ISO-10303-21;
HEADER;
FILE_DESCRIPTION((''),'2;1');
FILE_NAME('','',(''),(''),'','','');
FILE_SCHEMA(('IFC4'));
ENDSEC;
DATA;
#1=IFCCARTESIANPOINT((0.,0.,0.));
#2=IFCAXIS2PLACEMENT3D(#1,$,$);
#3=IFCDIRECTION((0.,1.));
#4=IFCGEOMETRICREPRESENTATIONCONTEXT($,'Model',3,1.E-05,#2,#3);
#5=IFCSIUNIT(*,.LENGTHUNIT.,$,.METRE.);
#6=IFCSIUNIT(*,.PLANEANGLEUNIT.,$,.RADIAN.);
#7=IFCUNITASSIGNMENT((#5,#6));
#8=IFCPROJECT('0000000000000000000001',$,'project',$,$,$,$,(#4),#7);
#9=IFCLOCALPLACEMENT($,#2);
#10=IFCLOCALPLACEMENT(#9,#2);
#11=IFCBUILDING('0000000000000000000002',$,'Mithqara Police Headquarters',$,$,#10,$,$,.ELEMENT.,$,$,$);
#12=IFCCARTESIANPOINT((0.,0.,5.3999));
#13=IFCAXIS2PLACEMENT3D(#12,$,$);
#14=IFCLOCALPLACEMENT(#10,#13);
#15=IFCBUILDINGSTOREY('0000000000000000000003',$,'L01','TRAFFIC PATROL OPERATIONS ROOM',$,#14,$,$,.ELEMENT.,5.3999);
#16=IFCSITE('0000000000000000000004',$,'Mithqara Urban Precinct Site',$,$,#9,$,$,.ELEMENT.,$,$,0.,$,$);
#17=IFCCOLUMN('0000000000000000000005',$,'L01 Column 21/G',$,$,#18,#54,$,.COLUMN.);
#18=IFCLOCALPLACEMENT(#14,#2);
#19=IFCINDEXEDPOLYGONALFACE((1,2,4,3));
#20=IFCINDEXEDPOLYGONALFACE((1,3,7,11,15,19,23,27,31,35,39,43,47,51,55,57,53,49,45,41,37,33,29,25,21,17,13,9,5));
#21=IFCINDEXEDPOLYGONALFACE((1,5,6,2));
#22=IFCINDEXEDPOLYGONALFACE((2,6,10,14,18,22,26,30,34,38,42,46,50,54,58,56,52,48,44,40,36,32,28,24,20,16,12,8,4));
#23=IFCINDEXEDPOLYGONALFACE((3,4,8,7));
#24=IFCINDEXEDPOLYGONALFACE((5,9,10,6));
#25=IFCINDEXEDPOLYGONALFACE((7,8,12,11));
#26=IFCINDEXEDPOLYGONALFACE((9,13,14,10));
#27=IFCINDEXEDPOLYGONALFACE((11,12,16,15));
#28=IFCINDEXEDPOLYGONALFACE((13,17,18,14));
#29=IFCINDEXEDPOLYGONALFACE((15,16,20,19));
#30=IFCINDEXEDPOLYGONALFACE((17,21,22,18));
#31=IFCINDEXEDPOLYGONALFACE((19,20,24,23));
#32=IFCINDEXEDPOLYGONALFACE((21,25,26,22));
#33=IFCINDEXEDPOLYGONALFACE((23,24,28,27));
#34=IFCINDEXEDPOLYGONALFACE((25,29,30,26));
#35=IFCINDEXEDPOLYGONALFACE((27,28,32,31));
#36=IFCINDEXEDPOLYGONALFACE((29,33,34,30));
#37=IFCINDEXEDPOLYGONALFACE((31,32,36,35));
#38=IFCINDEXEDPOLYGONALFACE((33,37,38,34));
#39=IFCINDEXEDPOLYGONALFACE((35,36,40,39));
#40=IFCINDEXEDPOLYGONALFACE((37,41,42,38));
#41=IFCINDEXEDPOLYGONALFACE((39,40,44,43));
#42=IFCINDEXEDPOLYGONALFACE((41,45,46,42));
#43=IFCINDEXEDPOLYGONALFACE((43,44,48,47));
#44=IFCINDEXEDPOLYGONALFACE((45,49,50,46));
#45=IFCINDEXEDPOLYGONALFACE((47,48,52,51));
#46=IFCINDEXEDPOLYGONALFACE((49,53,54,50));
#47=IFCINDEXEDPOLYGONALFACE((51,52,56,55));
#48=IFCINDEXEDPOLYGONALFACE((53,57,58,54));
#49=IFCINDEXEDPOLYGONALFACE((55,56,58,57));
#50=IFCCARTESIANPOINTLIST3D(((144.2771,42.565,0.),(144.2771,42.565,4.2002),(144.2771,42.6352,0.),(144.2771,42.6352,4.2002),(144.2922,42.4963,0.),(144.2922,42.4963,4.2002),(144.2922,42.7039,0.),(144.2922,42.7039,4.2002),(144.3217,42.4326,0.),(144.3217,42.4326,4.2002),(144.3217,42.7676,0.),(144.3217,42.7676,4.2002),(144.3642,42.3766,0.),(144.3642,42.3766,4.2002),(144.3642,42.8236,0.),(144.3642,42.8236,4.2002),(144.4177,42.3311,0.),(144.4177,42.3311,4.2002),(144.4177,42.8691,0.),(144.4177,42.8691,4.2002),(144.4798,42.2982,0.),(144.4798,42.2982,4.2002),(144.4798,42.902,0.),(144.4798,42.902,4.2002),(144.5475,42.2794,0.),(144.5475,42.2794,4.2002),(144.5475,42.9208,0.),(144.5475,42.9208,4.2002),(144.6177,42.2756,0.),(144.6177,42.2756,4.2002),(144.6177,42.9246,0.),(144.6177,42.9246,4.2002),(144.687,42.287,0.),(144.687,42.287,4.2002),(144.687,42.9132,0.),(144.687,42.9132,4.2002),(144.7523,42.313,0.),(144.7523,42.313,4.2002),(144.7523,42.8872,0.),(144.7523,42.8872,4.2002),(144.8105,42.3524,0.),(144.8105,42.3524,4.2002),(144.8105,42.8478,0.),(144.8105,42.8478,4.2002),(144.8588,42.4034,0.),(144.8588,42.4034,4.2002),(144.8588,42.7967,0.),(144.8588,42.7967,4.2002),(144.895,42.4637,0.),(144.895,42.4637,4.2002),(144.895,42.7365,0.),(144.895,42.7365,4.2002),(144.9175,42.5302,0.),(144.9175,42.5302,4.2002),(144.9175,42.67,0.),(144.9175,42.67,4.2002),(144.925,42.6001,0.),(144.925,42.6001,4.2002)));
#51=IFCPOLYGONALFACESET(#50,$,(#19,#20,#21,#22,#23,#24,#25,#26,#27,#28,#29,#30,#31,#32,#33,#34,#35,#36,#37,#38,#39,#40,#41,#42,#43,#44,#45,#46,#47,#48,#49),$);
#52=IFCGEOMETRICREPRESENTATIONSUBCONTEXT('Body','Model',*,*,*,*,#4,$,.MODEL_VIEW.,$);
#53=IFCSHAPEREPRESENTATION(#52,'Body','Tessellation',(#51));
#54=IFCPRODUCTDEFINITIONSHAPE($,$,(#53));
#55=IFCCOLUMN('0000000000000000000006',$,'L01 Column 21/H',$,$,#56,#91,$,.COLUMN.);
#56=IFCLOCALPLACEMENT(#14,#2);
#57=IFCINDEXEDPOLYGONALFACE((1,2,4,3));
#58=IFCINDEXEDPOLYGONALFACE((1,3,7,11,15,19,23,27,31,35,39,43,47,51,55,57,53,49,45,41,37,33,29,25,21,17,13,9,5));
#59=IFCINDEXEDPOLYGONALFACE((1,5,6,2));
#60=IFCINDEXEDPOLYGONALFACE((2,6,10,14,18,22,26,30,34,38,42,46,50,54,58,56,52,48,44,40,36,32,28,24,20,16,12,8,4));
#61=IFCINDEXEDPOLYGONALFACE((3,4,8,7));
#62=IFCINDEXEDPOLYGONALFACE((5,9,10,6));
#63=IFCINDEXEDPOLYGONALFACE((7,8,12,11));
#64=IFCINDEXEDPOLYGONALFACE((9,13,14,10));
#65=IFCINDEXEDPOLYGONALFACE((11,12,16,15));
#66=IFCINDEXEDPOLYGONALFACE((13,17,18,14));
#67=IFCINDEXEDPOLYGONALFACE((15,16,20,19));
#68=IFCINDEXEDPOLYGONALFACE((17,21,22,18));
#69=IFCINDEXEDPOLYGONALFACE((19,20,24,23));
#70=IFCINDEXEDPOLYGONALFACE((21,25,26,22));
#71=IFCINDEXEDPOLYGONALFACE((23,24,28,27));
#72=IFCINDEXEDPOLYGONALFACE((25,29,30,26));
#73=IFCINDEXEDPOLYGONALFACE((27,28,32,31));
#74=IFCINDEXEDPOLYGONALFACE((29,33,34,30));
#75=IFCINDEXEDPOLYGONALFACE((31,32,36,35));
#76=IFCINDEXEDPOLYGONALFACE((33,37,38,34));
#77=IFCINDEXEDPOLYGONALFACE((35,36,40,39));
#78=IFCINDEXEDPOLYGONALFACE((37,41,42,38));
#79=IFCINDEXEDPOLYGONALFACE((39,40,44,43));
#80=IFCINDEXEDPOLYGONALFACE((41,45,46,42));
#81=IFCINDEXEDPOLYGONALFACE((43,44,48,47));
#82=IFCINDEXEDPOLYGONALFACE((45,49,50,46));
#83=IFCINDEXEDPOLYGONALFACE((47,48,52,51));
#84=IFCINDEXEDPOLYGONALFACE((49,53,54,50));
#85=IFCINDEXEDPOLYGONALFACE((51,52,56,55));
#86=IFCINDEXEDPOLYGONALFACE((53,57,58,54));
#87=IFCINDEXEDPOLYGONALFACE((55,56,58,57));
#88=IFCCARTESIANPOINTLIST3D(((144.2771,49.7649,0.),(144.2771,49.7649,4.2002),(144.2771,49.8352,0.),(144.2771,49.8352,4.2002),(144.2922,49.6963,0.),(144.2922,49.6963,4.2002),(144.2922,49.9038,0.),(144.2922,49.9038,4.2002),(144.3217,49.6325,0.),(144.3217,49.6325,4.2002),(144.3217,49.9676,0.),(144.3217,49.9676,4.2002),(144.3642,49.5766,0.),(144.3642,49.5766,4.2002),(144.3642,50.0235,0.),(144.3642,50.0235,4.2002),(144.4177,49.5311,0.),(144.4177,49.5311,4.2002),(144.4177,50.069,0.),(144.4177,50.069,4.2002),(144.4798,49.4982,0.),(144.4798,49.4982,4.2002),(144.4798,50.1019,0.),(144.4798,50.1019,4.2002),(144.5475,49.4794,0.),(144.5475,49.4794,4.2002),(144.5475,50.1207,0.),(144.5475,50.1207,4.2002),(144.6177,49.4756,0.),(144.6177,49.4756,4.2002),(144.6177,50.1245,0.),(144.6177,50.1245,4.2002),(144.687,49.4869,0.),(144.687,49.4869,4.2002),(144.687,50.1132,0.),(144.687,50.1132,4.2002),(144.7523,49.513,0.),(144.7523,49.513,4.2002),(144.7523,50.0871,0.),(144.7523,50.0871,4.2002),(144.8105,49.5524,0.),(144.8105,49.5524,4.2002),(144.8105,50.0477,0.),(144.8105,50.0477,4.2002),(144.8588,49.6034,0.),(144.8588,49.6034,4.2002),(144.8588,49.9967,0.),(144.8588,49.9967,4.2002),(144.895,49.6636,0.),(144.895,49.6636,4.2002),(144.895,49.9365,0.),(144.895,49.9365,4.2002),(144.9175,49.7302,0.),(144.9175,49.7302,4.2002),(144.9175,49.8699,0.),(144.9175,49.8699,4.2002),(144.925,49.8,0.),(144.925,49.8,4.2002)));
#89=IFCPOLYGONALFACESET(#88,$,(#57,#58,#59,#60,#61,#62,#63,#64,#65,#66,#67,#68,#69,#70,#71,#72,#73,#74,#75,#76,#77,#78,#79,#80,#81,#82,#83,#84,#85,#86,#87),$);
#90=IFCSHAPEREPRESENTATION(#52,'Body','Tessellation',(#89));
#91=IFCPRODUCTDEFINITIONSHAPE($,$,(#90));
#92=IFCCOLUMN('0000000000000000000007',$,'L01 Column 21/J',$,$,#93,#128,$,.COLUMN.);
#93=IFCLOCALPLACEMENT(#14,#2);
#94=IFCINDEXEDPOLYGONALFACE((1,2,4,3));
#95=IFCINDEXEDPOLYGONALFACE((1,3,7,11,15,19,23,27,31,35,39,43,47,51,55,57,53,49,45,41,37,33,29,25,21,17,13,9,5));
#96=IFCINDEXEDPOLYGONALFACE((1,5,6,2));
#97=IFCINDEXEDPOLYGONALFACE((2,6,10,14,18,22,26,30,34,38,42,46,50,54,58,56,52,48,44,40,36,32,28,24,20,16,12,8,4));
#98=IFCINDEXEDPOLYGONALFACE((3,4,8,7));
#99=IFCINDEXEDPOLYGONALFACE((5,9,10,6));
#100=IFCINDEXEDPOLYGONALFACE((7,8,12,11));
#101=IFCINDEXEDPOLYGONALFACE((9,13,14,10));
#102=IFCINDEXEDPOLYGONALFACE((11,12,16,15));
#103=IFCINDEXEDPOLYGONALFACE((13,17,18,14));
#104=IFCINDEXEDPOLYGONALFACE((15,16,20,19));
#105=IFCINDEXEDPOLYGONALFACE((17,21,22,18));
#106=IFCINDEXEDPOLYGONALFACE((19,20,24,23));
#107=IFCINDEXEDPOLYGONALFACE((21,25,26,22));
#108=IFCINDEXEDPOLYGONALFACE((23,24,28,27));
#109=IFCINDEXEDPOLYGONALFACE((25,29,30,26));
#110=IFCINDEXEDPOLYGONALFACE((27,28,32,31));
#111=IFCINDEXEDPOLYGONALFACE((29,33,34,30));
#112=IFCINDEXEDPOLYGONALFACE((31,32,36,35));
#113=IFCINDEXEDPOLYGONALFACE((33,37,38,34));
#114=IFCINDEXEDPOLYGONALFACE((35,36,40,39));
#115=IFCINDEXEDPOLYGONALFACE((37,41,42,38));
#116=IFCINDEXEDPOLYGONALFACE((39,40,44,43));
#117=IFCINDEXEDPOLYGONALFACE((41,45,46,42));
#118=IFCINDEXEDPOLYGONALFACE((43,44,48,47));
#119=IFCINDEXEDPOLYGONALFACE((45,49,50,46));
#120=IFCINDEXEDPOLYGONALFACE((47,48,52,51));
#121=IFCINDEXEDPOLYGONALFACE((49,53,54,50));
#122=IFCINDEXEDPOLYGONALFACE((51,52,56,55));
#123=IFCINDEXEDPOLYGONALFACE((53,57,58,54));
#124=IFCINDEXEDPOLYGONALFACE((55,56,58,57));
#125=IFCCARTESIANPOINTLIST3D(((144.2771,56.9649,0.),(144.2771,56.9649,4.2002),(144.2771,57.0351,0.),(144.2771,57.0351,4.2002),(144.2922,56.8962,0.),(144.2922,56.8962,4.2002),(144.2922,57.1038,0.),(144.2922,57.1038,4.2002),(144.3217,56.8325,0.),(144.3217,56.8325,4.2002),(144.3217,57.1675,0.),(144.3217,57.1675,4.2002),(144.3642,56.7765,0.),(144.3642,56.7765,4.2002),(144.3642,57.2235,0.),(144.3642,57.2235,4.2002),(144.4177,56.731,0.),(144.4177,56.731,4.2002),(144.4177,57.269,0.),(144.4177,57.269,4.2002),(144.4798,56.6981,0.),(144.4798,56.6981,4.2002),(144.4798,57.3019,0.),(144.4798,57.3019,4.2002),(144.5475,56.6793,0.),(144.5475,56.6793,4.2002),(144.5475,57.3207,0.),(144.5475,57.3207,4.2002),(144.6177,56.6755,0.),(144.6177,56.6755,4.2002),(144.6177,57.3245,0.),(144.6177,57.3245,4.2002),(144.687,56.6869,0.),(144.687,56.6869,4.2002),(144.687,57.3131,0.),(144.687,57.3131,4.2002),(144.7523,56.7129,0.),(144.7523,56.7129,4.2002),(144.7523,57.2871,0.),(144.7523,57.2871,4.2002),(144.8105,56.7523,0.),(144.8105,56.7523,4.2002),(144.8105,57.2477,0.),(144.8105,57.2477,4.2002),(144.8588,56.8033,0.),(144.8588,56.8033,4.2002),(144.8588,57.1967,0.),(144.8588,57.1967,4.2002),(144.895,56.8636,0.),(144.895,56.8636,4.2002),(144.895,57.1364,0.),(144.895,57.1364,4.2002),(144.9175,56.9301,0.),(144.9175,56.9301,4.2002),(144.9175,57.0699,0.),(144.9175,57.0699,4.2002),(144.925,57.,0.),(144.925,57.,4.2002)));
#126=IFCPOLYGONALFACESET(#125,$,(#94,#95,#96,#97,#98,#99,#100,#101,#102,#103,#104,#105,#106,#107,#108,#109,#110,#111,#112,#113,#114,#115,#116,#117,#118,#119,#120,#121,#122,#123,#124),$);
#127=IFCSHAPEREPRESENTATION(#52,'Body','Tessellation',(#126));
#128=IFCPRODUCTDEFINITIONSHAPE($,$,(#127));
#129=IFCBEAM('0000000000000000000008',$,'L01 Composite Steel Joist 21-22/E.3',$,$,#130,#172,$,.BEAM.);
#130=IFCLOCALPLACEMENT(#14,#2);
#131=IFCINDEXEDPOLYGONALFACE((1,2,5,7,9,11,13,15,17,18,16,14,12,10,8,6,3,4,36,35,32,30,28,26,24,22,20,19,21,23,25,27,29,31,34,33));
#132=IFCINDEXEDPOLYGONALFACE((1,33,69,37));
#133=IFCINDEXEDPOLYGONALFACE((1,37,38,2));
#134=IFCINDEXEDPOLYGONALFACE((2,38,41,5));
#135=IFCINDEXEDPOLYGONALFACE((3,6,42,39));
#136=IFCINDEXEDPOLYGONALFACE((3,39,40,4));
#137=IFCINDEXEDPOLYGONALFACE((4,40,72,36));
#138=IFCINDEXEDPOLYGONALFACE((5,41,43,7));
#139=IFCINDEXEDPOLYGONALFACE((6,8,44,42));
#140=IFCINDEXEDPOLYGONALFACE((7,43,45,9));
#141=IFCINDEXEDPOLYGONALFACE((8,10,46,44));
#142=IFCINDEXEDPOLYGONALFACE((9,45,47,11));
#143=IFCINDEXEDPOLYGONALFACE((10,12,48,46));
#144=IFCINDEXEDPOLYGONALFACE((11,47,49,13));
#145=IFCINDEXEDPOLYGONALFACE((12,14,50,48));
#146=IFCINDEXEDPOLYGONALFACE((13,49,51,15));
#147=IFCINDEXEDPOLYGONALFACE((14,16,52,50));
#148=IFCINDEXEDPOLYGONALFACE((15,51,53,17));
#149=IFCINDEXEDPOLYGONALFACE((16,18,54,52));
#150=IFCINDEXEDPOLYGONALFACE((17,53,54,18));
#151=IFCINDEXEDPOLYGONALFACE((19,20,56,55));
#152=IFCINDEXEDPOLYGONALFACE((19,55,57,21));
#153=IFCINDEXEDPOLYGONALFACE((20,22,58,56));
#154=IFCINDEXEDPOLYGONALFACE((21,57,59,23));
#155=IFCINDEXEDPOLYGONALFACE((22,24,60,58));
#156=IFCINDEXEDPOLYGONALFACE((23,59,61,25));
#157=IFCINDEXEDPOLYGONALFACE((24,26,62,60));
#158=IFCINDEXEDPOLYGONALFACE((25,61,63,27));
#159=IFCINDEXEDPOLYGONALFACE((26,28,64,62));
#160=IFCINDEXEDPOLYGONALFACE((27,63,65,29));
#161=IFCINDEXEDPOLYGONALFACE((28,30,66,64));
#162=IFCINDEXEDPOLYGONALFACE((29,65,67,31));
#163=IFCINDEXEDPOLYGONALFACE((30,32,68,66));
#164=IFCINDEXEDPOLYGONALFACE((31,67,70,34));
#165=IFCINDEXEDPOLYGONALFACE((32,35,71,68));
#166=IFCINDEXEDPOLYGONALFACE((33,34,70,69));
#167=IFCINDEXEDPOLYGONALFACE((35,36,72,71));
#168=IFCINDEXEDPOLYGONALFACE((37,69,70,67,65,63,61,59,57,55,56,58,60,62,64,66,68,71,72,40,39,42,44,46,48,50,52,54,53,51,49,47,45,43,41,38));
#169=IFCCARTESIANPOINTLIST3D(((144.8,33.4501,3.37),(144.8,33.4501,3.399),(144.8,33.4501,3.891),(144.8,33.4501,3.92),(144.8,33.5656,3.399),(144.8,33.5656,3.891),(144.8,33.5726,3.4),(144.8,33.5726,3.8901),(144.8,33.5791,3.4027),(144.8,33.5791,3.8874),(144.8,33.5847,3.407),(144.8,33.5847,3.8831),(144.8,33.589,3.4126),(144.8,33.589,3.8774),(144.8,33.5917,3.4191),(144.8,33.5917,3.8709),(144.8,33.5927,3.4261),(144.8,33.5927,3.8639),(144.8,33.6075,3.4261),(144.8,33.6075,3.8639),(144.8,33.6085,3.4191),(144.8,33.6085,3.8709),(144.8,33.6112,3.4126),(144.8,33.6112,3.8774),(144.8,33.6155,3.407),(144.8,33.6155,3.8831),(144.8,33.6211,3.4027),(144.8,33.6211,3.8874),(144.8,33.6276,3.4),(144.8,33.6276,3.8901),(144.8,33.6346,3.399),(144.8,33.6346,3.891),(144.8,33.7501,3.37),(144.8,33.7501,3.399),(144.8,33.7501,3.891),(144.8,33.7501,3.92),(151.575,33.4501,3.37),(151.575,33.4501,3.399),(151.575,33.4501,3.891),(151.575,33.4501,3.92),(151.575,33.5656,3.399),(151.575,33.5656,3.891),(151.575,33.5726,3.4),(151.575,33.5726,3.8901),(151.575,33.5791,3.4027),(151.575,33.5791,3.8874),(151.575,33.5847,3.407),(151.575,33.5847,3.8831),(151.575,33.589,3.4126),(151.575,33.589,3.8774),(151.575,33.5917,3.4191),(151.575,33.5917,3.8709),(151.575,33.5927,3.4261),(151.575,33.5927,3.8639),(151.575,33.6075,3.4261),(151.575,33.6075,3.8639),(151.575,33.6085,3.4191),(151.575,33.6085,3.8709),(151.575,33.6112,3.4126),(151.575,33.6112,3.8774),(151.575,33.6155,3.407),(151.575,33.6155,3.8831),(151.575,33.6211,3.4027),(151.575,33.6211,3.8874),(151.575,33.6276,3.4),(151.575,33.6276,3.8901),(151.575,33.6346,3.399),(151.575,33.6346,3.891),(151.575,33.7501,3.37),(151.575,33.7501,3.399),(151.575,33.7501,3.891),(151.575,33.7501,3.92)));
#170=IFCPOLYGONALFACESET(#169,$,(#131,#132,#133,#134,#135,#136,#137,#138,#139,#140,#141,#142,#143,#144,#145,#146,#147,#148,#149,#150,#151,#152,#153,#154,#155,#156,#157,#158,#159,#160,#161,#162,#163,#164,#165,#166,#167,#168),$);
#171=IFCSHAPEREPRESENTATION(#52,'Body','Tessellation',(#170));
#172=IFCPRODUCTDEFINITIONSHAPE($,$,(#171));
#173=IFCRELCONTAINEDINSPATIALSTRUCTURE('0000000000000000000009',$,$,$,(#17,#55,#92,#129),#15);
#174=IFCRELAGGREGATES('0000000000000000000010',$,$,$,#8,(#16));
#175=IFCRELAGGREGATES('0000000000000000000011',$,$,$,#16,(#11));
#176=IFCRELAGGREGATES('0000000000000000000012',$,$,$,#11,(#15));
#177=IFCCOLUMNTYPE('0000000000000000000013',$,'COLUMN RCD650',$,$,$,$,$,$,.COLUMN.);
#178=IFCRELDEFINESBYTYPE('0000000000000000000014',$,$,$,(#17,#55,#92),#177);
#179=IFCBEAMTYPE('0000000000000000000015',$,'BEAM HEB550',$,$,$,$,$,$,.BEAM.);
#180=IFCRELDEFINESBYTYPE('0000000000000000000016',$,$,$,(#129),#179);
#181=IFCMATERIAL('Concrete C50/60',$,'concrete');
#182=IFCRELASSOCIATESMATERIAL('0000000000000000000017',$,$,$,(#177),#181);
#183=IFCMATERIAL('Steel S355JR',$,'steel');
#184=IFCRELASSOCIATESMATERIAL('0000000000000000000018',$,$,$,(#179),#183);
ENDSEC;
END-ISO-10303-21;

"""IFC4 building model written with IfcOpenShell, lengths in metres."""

from ifc_helpers import new_model, si_unit, direction, frame, origin, origin_2d, place, context, subcontext, project, spatial, circle, i_section, extrude, material, material_profile, profile_set, type_object, element, save


model = new_model("IFC4")

# Units and contexts
model_context = context("Model", 3, precision=1e-05, world=origin(), true_north=direction((0.0, 1.0)))
body_context = subcontext(model_context, "Body", "Model", "MODEL_VIEW")
ifc_project = project(units=[si_unit("LENGTHUNIT", "METRE"), si_unit("PLANEANGLEUNIT", "RADIAN")], contexts=[model_context])

# Site, building, storey
site_placement = place(None, origin())
site = spatial("IfcSite", under=ifc_project, at=site_placement, Name="Mithqara Urban Precinct Site", CompositionType="ELEMENT", RefElevation=0.0)
building_placement = place(site_placement, origin())
building = spatial("IfcBuilding", under=site, at=building_placement, Name="Mithqara Police Headquarters", CompositionType="ELEMENT")
storey_placement = place(building_placement, frame((0.0, 0.0, 5.3999)))
storey = spatial("IfcBuildingStorey", under=building, at=storey_placement, Name="L01", Description="TRAFFIC PATROL OPERATIONS ROOM", CompositionType="ELEMENT", Elevation=5.3999)

# Columns
ifc_material_1 = material(Name="Concrete C50/60", Category="concrete")
ifc_material_profile_1 = material_profile(ifc_material_1, circle(Radius=0.325, at=origin_2d()), Name="RCD 650")
ifc_profile_set_1 = profile_set([ifc_material_profile_1], Name="Concrete C50/60")
column_type = type_object("IfcColumnType", Name="COLUMN RCD650", PredefinedType="COLUMN", material=ifc_profile_set_1)
for number, where, z_axis, x_axis, name in (
    (1, (144.6001, 42.6001, 0.0), (0.0, 0.0, 1.0), (1.0, 0.0, 0.0), "L01 Column 21/G"),
    (2, (144.6001, 49.8, 0.0), (0.0, 0.0, 1.0), (1.0, 0.0, 0.0), "L01 Column 21/H"),
    (3, (144.6001, 57.0, 0.0), (0.0, 0.0, 1.0), (1.0, 0.0, 0.0), "L01 Column 21/J"),
):
    element("IfcColumn", number, at=place(storey_placement, frame(where, z_axis=z_axis, x_axis=x_axis)), inside=storey, type_object=column_type, Name=name, PredefinedType="COLUMN", context=body_context, shape_type="SweptSolid", body=[
        extrude(circle(Radius=0.325, at=origin_2d()), origin(), (0.0, 0.0, 1.0), 4.2002),
    ])

# Beam
ifc_material_2 = material(Name="Steel S355JR", Category="steel")
ifc_material_profile_2 = material_profile(ifc_material_2, i_section(OverallWidth=0.3, OverallDepth=0.55, WebThickness=0.0149, FlangeThickness=0.0291, FilletRadius=0.0271, at=origin_2d()), Name="HEB 550")
ifc_profile_set_2 = profile_set([ifc_material_profile_2], Name="Steel S355JR")
beam_type_1 = type_object("IfcBeamType", Name="BEAM HEB550", PredefinedType="BEAM", material=ifc_profile_set_2)
beam_1_placement = place(storey_placement, frame((144.8, 33.6001, 3.645), z_axis=(1.0, 0.0, 0.0), x_axis=(0.0, 1.0, 0.0)))
element("IfcBeam", 4, at=beam_1_placement, inside=storey, type_object=beam_type_1, Name="L01 Composite Steel Joist 21-22/E.3", PredefinedType="BEAM", context=body_context, shape_type="SweptSolid", body=[
    extrude(i_section(OverallWidth=0.3, OverallDepth=0.55, WebThickness=0.0149, FlangeThickness=0.0291, FilletRadius=0.0271, at=origin_2d()), origin(), (0.0, 0.0, 1.0), 6.7749),
])

save(model, "model.ifc")
